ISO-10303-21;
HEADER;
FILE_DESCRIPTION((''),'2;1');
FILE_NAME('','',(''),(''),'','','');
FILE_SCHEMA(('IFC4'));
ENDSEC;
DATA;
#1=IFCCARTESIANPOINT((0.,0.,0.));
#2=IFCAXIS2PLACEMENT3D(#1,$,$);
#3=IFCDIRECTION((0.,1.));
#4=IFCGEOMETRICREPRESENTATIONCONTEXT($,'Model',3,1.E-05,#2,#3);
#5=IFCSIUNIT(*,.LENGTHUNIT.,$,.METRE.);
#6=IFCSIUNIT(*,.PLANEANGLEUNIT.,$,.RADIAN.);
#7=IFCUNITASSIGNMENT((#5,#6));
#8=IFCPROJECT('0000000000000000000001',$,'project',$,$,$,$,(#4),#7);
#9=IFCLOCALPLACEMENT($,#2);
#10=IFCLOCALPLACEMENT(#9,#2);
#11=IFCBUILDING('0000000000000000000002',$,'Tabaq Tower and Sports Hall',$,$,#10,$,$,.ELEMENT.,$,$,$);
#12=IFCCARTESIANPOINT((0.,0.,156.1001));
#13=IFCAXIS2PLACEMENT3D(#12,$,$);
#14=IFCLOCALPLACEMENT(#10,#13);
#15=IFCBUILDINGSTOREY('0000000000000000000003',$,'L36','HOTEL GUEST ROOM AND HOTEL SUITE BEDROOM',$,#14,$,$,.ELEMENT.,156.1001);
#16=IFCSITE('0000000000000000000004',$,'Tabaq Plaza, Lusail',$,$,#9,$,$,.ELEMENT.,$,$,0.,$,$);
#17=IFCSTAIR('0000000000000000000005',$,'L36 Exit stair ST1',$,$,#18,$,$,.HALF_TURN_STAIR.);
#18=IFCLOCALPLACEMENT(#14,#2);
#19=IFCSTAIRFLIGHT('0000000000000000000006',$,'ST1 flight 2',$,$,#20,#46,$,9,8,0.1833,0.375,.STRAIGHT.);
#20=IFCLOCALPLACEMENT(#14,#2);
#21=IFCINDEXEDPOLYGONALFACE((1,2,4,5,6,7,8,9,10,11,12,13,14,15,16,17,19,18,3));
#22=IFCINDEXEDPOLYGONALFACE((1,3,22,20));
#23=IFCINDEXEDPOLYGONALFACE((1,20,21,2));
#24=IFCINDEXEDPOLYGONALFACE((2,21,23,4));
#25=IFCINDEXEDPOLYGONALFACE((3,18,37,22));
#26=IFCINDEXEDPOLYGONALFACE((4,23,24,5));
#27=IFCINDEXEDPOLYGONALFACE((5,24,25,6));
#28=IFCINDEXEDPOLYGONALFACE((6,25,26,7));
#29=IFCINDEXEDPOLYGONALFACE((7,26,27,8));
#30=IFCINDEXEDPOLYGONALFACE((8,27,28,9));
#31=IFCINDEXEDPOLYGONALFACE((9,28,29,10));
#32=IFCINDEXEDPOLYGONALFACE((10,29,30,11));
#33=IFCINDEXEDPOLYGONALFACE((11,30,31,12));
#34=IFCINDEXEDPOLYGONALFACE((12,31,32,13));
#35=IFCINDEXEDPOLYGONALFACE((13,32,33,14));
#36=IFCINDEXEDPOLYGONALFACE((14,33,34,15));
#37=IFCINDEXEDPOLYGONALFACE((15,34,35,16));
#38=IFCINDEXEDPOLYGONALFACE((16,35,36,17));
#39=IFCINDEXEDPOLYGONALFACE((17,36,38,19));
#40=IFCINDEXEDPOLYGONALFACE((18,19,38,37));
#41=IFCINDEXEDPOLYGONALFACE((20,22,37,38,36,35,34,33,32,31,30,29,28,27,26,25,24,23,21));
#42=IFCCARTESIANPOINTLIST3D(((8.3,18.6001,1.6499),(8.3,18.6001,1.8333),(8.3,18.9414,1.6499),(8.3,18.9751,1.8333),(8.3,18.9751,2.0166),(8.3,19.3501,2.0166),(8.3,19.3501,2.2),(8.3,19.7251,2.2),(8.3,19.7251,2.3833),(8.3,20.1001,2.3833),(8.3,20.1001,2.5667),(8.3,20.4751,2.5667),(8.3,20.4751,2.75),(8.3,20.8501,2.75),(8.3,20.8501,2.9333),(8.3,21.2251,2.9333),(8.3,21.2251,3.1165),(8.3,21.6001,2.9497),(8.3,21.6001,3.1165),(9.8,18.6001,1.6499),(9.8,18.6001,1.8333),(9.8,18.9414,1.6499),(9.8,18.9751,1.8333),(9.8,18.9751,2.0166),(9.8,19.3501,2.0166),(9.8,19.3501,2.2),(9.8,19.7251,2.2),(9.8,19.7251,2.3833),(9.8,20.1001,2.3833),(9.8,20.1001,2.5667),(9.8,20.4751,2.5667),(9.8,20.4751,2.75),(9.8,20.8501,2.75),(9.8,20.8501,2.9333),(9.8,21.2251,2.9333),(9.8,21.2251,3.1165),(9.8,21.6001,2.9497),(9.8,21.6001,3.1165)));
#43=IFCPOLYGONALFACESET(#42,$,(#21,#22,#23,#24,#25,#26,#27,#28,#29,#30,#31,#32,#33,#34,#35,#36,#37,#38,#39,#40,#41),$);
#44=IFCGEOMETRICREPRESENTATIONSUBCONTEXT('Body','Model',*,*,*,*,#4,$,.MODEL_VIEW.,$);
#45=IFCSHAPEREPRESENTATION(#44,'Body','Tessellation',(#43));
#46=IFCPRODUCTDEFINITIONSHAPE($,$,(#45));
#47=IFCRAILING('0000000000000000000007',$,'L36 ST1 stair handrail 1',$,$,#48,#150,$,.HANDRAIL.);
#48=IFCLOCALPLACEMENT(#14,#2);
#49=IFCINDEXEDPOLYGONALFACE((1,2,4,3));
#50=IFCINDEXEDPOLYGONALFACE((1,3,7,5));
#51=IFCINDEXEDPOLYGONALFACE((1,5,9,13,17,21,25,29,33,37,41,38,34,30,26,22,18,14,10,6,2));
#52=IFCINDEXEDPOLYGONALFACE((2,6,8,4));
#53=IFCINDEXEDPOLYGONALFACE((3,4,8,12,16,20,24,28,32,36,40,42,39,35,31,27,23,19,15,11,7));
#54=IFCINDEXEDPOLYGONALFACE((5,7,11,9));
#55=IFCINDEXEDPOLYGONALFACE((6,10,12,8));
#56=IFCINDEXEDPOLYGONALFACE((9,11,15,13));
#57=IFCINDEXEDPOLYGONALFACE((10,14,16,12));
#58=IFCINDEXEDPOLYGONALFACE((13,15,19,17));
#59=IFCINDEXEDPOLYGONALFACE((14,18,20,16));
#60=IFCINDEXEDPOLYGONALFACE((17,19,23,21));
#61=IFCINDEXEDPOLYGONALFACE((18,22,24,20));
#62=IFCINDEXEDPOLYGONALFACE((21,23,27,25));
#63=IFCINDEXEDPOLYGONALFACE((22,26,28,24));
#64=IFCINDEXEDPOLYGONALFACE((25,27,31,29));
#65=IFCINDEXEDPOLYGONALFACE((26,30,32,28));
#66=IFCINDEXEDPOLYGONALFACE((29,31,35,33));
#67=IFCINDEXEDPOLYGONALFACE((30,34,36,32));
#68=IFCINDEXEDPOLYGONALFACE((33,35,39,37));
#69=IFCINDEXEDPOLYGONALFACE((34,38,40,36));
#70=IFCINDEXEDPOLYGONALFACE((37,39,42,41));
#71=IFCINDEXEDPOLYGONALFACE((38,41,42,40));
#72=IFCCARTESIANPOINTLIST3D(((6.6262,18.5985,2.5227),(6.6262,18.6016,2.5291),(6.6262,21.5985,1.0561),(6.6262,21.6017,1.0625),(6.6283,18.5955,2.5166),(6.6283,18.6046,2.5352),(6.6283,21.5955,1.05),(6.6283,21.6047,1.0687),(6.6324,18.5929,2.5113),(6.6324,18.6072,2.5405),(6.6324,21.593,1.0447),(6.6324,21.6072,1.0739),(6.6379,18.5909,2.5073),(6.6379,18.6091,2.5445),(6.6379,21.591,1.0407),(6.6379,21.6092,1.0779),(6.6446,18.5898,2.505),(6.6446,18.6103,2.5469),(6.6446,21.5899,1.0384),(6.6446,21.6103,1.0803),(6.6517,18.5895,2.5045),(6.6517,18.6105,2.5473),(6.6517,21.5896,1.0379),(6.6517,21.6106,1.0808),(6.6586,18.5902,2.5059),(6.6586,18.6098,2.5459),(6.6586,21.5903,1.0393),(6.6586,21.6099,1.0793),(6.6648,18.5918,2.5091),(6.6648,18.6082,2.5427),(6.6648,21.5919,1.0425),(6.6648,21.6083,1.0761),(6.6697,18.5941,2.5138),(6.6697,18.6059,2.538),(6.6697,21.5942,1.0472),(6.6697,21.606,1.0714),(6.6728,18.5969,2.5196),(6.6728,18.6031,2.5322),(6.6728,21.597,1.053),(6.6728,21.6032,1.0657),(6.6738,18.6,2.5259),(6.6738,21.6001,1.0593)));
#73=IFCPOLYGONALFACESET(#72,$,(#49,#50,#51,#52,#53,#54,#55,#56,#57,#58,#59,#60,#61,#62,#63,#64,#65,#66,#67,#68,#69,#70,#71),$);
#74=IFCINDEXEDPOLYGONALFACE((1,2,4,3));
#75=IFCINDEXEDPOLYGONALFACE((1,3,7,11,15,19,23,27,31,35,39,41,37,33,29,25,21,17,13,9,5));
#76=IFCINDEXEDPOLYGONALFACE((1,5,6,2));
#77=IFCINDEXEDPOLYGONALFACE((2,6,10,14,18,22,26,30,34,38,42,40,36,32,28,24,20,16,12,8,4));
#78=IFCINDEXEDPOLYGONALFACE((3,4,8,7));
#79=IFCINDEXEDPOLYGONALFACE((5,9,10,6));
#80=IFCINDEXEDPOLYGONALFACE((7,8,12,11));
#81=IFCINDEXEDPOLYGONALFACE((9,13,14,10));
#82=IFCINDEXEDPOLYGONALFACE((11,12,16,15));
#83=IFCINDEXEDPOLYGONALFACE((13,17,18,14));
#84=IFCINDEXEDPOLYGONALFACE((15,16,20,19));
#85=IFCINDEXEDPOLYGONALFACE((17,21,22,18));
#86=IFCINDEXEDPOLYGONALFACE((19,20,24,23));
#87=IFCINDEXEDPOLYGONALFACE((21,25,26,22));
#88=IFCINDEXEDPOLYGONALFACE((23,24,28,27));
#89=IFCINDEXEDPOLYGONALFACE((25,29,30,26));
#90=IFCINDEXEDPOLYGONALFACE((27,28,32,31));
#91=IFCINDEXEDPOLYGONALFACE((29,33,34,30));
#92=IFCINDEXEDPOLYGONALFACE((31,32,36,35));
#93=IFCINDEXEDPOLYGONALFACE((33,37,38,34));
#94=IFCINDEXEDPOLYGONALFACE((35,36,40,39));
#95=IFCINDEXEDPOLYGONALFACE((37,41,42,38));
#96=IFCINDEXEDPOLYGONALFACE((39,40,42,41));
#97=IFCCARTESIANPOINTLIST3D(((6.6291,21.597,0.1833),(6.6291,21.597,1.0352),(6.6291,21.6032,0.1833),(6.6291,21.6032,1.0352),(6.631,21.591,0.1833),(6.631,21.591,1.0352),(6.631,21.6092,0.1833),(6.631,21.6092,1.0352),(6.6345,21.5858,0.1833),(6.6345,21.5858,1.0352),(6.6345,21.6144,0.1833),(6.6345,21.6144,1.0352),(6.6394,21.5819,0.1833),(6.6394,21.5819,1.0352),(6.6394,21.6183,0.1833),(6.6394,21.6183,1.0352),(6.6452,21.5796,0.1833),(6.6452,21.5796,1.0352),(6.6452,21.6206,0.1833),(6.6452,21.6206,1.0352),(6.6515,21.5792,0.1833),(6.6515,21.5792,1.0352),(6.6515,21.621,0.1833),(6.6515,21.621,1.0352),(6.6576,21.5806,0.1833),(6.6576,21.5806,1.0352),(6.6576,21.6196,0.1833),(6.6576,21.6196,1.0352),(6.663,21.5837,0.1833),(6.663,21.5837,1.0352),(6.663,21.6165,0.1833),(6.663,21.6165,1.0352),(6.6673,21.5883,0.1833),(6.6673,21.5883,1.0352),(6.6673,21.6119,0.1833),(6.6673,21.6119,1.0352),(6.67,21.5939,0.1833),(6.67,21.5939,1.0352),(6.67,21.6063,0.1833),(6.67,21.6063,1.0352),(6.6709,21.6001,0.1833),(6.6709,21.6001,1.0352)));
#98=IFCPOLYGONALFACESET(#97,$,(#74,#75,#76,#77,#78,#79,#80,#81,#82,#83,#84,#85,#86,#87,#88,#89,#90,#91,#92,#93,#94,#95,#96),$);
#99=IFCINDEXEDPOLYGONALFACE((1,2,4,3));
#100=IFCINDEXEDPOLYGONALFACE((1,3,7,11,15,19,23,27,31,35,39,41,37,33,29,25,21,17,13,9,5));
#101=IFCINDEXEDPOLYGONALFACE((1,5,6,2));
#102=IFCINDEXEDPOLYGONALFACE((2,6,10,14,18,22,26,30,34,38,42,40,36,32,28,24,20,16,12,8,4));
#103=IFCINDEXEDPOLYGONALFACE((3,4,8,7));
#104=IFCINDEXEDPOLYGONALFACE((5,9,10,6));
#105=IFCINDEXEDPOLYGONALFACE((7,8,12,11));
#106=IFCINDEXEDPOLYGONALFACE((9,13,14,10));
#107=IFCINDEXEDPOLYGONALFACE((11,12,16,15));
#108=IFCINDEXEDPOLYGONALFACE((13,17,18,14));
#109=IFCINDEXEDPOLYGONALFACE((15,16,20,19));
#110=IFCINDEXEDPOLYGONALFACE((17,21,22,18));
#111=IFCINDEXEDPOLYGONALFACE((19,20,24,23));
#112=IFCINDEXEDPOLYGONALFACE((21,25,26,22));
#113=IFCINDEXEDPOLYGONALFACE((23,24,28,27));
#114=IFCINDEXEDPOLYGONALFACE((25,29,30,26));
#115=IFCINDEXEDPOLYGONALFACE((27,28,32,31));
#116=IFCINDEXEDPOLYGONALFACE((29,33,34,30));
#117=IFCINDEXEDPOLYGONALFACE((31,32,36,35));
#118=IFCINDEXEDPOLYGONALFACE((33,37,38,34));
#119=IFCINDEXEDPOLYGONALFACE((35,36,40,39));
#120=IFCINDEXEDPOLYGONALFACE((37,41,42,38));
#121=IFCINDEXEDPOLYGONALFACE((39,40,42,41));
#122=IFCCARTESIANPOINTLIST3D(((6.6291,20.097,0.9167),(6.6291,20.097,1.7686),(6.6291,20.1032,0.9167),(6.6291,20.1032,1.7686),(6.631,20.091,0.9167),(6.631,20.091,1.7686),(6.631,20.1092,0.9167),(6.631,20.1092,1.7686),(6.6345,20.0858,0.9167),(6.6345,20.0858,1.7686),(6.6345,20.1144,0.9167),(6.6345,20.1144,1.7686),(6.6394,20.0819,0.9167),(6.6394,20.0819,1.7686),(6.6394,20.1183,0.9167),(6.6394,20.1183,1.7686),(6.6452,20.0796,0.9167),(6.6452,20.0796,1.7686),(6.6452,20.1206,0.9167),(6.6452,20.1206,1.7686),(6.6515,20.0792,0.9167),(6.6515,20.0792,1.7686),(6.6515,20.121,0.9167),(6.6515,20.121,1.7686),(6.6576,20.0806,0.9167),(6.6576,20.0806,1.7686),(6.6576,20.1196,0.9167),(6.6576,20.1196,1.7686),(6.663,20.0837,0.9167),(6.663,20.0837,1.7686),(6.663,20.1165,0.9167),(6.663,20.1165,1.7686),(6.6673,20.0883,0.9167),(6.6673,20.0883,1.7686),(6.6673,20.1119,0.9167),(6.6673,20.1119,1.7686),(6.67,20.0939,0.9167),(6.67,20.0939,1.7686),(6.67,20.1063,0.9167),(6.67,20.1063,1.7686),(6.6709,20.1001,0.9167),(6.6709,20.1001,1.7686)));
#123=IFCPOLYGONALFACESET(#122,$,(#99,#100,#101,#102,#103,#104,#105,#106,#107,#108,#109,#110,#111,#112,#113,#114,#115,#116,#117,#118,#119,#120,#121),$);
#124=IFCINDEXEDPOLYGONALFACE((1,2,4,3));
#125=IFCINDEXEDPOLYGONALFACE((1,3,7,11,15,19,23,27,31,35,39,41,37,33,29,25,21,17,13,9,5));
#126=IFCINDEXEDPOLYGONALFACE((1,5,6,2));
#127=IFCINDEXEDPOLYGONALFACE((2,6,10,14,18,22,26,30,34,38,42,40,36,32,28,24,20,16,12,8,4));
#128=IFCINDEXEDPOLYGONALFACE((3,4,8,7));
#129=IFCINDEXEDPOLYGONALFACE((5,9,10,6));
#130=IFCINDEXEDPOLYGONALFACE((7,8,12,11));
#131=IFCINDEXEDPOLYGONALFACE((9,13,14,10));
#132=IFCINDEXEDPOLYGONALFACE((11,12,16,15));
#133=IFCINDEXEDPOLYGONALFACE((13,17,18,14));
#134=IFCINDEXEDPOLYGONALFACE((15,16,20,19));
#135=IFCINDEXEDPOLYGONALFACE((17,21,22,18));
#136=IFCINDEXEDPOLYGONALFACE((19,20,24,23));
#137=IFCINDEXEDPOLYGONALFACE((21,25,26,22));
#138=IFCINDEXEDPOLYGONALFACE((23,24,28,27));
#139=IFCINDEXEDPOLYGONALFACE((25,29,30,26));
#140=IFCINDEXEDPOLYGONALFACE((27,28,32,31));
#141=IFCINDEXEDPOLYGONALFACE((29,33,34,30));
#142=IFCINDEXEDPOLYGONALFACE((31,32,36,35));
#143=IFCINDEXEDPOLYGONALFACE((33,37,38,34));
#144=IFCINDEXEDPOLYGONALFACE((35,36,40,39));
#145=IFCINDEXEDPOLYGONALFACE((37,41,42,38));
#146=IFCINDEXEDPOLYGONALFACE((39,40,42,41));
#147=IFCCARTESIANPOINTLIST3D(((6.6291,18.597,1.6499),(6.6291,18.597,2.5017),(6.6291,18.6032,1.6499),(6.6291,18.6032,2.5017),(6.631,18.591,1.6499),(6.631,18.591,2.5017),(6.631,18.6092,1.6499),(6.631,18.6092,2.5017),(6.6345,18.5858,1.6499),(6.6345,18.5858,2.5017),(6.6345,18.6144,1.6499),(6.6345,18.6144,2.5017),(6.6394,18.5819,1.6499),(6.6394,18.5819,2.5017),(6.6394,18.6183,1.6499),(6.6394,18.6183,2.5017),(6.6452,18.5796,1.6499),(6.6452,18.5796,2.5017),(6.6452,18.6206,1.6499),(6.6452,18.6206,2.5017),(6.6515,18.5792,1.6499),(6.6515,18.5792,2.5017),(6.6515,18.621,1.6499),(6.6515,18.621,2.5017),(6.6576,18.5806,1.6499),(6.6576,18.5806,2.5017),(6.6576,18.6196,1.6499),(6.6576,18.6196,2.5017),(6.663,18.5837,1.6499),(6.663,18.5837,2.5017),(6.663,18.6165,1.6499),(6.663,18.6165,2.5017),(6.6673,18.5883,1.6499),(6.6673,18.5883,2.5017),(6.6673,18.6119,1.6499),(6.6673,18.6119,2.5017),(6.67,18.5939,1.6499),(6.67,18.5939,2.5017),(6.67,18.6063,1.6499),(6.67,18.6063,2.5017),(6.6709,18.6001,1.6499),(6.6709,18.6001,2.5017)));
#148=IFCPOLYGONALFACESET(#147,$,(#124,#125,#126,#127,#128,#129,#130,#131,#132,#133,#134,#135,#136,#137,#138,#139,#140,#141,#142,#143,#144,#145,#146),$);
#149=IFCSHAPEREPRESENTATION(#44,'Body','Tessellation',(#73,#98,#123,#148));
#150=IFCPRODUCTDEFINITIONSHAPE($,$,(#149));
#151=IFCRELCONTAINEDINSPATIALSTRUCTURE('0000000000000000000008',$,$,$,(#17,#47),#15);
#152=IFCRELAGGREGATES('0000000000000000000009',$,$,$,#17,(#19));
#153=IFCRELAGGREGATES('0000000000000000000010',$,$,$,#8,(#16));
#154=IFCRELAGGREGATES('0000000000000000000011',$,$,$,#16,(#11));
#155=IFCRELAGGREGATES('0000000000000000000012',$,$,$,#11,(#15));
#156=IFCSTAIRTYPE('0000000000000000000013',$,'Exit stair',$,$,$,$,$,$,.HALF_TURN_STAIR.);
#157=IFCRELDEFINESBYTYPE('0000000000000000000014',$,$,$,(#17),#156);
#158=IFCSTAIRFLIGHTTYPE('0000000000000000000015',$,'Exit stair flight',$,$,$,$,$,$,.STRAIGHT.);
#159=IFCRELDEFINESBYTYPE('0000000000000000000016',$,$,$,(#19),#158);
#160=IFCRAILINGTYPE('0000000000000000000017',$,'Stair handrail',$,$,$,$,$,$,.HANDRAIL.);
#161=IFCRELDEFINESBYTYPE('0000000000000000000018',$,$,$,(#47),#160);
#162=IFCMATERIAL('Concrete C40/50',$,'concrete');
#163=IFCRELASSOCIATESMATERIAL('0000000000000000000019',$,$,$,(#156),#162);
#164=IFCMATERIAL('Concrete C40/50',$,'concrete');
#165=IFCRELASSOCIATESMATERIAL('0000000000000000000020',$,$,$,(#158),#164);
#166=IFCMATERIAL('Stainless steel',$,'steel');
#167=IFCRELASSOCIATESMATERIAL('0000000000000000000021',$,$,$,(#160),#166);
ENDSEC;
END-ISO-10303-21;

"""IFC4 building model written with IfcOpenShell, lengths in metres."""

from ifc_helpers import new_model, si_unit, direction, frame, origin, origin_2d, place, context, subcontext, project, spatial, polyline, circle, outline, extrude, material, type_object, element, aggregate, save


model = new_model("IFC4")

# Units and contexts
model_context = context("Model", 3, precision=1e-05, world=origin(), true_north=direction((0.0, 1.0)))
body_context = subcontext(model_context, "Body", "Model", "MODEL_VIEW")
ifc_project = project(units=[si_unit("LENGTHUNIT", "METRE"), si_unit("PLANEANGLEUNIT", "RADIAN")], contexts=[model_context])

# Site, building, storey
site_placement = place(None, origin())
site = spatial("IfcSite", under=ifc_project, at=site_placement, Name="Tabaq Plaza, Lusail", CompositionType="ELEMENT", RefElevation=0.0)
building_placement = place(site_placement, origin())
building = spatial("IfcBuilding", under=site, at=building_placement, Name="Tabaq Tower and Sports Hall", CompositionType="ELEMENT")
storey_placement = place(building_placement, frame((0.0, 0.0, 156.1001)))
storey = spatial("IfcBuildingStorey", under=building, at=storey_placement, Name="L36", Description="HOTEL GUEST ROOM AND HOTEL SUITE BEDROOM", CompositionType="ELEMENT", Elevation=156.1001)

# Stair, stair flight
ifc_material_1 = material(Name="Concrete C40/50", Category="concrete")
stair_type = type_object("IfcStairType", Name="Exit stair", PredefinedType="HALF_TURN_STAIR", material=ifc_material_1)
stair_placement = place(storey_placement, origin())
stair = element("IfcStair", 1, at=stair_placement, inside=storey, type_object=stair_type, Name="L36 Exit stair ST1", PredefinedType="HALF_TURN_STAIR")
ifc_material_2 = material(Name="Concrete C40/50", Category="concrete")
stair_flight_type = type_object("IfcStairFlightType", Name="Exit stair flight", PredefinedType="STRAIGHT", material=ifc_material_2)
stair_flight_1_placement = place(storey_placement, frame((9.05, 18.6001, 1.6499), z_axis=(0.0, 0.0, 1.0), x_axis=(0.0, 1.0, 0.0)))
stair_flight_1 = element("IfcStairFlight", 2, at=stair_flight_1_placement, type_object=stair_flight_type, Name="ST1 flight 2", NumberOfRisers=9, NumberOfTreads=8, PredefinedType="STRAIGHT", RiserHeight=0.1833, TreadLength=0.375, context=body_context, shape_type="SweptSolid", body=[
    extrude(outline(polyline([(0.0, 0.0), (0.0, 0.1833), (0.375, 0.1833), (0.375, 0.3667), (0.75, 0.3667), (0.75, 0.55), (1.125, 0.55), (1.125, 0.7334), (1.5, 0.7334), (1.5, 0.9167), (1.875, 0.9167), (1.875, 1.1001), (2.25, 1.1001), (2.25, 1.2834), (2.625, 1.2834), (2.625, 1.4666), (3.0, 1.4666), (3.0, 1.6499), (3.0, 1.2998), (0.3413, 0.0), (0.0, 0.0)])), frame((0.0, 0.75, 0.0), z_axis=(0.0, -1.0, 0.0), x_axis=(1.0, 0.0, 0.0)), (0.0, 0.0, 1.0), 1.5),
])
aggregate(stair, [stair_flight_1])

# Railing
ifc_material_3 = material(Name="Stainless steel", Category="steel")
railing_type = type_object("IfcRailingType", Name="Stair handrail", PredefinedType="HANDRAIL", material=ifc_material_3)
railing_1_placement = place(storey_placement, frame((6.6499, 21.6001, 0.1833)))
element("IfcRailing", 3, at=railing_1_placement, inside=storey, type_object=railing_type, Name="L36 ST1 stair handrail 1", PredefinedType="HANDRAIL", context=body_context, shape_type="SweptSolid", body=[
    extrude(circle(Radius=0.0239, at=origin_2d()), frame((0.0, 0.0, 0.876), z_axis=(0.0, -0.898398, 0.439183), x_axis=(1.0, 0.0, 0.0)), (0.0, 0.0, 1.0), 3.3394),
    extrude(circle(Radius=0.021, at=origin_2d()), origin(), (0.0, 0.0, 1.0), 0.8518),
    extrude(circle(Radius=0.021, at=origin_2d()), frame((0.0, -1.5, 0.7334)), (0.0, 0.0, 1.0), 0.8518),
    extrude(circle(Radius=0.021, at=origin_2d()), frame((0.0, -3.0, 1.4666)), (0.0, 0.0, 1.0), 0.8518),
])

save(model, "model.ifc")
